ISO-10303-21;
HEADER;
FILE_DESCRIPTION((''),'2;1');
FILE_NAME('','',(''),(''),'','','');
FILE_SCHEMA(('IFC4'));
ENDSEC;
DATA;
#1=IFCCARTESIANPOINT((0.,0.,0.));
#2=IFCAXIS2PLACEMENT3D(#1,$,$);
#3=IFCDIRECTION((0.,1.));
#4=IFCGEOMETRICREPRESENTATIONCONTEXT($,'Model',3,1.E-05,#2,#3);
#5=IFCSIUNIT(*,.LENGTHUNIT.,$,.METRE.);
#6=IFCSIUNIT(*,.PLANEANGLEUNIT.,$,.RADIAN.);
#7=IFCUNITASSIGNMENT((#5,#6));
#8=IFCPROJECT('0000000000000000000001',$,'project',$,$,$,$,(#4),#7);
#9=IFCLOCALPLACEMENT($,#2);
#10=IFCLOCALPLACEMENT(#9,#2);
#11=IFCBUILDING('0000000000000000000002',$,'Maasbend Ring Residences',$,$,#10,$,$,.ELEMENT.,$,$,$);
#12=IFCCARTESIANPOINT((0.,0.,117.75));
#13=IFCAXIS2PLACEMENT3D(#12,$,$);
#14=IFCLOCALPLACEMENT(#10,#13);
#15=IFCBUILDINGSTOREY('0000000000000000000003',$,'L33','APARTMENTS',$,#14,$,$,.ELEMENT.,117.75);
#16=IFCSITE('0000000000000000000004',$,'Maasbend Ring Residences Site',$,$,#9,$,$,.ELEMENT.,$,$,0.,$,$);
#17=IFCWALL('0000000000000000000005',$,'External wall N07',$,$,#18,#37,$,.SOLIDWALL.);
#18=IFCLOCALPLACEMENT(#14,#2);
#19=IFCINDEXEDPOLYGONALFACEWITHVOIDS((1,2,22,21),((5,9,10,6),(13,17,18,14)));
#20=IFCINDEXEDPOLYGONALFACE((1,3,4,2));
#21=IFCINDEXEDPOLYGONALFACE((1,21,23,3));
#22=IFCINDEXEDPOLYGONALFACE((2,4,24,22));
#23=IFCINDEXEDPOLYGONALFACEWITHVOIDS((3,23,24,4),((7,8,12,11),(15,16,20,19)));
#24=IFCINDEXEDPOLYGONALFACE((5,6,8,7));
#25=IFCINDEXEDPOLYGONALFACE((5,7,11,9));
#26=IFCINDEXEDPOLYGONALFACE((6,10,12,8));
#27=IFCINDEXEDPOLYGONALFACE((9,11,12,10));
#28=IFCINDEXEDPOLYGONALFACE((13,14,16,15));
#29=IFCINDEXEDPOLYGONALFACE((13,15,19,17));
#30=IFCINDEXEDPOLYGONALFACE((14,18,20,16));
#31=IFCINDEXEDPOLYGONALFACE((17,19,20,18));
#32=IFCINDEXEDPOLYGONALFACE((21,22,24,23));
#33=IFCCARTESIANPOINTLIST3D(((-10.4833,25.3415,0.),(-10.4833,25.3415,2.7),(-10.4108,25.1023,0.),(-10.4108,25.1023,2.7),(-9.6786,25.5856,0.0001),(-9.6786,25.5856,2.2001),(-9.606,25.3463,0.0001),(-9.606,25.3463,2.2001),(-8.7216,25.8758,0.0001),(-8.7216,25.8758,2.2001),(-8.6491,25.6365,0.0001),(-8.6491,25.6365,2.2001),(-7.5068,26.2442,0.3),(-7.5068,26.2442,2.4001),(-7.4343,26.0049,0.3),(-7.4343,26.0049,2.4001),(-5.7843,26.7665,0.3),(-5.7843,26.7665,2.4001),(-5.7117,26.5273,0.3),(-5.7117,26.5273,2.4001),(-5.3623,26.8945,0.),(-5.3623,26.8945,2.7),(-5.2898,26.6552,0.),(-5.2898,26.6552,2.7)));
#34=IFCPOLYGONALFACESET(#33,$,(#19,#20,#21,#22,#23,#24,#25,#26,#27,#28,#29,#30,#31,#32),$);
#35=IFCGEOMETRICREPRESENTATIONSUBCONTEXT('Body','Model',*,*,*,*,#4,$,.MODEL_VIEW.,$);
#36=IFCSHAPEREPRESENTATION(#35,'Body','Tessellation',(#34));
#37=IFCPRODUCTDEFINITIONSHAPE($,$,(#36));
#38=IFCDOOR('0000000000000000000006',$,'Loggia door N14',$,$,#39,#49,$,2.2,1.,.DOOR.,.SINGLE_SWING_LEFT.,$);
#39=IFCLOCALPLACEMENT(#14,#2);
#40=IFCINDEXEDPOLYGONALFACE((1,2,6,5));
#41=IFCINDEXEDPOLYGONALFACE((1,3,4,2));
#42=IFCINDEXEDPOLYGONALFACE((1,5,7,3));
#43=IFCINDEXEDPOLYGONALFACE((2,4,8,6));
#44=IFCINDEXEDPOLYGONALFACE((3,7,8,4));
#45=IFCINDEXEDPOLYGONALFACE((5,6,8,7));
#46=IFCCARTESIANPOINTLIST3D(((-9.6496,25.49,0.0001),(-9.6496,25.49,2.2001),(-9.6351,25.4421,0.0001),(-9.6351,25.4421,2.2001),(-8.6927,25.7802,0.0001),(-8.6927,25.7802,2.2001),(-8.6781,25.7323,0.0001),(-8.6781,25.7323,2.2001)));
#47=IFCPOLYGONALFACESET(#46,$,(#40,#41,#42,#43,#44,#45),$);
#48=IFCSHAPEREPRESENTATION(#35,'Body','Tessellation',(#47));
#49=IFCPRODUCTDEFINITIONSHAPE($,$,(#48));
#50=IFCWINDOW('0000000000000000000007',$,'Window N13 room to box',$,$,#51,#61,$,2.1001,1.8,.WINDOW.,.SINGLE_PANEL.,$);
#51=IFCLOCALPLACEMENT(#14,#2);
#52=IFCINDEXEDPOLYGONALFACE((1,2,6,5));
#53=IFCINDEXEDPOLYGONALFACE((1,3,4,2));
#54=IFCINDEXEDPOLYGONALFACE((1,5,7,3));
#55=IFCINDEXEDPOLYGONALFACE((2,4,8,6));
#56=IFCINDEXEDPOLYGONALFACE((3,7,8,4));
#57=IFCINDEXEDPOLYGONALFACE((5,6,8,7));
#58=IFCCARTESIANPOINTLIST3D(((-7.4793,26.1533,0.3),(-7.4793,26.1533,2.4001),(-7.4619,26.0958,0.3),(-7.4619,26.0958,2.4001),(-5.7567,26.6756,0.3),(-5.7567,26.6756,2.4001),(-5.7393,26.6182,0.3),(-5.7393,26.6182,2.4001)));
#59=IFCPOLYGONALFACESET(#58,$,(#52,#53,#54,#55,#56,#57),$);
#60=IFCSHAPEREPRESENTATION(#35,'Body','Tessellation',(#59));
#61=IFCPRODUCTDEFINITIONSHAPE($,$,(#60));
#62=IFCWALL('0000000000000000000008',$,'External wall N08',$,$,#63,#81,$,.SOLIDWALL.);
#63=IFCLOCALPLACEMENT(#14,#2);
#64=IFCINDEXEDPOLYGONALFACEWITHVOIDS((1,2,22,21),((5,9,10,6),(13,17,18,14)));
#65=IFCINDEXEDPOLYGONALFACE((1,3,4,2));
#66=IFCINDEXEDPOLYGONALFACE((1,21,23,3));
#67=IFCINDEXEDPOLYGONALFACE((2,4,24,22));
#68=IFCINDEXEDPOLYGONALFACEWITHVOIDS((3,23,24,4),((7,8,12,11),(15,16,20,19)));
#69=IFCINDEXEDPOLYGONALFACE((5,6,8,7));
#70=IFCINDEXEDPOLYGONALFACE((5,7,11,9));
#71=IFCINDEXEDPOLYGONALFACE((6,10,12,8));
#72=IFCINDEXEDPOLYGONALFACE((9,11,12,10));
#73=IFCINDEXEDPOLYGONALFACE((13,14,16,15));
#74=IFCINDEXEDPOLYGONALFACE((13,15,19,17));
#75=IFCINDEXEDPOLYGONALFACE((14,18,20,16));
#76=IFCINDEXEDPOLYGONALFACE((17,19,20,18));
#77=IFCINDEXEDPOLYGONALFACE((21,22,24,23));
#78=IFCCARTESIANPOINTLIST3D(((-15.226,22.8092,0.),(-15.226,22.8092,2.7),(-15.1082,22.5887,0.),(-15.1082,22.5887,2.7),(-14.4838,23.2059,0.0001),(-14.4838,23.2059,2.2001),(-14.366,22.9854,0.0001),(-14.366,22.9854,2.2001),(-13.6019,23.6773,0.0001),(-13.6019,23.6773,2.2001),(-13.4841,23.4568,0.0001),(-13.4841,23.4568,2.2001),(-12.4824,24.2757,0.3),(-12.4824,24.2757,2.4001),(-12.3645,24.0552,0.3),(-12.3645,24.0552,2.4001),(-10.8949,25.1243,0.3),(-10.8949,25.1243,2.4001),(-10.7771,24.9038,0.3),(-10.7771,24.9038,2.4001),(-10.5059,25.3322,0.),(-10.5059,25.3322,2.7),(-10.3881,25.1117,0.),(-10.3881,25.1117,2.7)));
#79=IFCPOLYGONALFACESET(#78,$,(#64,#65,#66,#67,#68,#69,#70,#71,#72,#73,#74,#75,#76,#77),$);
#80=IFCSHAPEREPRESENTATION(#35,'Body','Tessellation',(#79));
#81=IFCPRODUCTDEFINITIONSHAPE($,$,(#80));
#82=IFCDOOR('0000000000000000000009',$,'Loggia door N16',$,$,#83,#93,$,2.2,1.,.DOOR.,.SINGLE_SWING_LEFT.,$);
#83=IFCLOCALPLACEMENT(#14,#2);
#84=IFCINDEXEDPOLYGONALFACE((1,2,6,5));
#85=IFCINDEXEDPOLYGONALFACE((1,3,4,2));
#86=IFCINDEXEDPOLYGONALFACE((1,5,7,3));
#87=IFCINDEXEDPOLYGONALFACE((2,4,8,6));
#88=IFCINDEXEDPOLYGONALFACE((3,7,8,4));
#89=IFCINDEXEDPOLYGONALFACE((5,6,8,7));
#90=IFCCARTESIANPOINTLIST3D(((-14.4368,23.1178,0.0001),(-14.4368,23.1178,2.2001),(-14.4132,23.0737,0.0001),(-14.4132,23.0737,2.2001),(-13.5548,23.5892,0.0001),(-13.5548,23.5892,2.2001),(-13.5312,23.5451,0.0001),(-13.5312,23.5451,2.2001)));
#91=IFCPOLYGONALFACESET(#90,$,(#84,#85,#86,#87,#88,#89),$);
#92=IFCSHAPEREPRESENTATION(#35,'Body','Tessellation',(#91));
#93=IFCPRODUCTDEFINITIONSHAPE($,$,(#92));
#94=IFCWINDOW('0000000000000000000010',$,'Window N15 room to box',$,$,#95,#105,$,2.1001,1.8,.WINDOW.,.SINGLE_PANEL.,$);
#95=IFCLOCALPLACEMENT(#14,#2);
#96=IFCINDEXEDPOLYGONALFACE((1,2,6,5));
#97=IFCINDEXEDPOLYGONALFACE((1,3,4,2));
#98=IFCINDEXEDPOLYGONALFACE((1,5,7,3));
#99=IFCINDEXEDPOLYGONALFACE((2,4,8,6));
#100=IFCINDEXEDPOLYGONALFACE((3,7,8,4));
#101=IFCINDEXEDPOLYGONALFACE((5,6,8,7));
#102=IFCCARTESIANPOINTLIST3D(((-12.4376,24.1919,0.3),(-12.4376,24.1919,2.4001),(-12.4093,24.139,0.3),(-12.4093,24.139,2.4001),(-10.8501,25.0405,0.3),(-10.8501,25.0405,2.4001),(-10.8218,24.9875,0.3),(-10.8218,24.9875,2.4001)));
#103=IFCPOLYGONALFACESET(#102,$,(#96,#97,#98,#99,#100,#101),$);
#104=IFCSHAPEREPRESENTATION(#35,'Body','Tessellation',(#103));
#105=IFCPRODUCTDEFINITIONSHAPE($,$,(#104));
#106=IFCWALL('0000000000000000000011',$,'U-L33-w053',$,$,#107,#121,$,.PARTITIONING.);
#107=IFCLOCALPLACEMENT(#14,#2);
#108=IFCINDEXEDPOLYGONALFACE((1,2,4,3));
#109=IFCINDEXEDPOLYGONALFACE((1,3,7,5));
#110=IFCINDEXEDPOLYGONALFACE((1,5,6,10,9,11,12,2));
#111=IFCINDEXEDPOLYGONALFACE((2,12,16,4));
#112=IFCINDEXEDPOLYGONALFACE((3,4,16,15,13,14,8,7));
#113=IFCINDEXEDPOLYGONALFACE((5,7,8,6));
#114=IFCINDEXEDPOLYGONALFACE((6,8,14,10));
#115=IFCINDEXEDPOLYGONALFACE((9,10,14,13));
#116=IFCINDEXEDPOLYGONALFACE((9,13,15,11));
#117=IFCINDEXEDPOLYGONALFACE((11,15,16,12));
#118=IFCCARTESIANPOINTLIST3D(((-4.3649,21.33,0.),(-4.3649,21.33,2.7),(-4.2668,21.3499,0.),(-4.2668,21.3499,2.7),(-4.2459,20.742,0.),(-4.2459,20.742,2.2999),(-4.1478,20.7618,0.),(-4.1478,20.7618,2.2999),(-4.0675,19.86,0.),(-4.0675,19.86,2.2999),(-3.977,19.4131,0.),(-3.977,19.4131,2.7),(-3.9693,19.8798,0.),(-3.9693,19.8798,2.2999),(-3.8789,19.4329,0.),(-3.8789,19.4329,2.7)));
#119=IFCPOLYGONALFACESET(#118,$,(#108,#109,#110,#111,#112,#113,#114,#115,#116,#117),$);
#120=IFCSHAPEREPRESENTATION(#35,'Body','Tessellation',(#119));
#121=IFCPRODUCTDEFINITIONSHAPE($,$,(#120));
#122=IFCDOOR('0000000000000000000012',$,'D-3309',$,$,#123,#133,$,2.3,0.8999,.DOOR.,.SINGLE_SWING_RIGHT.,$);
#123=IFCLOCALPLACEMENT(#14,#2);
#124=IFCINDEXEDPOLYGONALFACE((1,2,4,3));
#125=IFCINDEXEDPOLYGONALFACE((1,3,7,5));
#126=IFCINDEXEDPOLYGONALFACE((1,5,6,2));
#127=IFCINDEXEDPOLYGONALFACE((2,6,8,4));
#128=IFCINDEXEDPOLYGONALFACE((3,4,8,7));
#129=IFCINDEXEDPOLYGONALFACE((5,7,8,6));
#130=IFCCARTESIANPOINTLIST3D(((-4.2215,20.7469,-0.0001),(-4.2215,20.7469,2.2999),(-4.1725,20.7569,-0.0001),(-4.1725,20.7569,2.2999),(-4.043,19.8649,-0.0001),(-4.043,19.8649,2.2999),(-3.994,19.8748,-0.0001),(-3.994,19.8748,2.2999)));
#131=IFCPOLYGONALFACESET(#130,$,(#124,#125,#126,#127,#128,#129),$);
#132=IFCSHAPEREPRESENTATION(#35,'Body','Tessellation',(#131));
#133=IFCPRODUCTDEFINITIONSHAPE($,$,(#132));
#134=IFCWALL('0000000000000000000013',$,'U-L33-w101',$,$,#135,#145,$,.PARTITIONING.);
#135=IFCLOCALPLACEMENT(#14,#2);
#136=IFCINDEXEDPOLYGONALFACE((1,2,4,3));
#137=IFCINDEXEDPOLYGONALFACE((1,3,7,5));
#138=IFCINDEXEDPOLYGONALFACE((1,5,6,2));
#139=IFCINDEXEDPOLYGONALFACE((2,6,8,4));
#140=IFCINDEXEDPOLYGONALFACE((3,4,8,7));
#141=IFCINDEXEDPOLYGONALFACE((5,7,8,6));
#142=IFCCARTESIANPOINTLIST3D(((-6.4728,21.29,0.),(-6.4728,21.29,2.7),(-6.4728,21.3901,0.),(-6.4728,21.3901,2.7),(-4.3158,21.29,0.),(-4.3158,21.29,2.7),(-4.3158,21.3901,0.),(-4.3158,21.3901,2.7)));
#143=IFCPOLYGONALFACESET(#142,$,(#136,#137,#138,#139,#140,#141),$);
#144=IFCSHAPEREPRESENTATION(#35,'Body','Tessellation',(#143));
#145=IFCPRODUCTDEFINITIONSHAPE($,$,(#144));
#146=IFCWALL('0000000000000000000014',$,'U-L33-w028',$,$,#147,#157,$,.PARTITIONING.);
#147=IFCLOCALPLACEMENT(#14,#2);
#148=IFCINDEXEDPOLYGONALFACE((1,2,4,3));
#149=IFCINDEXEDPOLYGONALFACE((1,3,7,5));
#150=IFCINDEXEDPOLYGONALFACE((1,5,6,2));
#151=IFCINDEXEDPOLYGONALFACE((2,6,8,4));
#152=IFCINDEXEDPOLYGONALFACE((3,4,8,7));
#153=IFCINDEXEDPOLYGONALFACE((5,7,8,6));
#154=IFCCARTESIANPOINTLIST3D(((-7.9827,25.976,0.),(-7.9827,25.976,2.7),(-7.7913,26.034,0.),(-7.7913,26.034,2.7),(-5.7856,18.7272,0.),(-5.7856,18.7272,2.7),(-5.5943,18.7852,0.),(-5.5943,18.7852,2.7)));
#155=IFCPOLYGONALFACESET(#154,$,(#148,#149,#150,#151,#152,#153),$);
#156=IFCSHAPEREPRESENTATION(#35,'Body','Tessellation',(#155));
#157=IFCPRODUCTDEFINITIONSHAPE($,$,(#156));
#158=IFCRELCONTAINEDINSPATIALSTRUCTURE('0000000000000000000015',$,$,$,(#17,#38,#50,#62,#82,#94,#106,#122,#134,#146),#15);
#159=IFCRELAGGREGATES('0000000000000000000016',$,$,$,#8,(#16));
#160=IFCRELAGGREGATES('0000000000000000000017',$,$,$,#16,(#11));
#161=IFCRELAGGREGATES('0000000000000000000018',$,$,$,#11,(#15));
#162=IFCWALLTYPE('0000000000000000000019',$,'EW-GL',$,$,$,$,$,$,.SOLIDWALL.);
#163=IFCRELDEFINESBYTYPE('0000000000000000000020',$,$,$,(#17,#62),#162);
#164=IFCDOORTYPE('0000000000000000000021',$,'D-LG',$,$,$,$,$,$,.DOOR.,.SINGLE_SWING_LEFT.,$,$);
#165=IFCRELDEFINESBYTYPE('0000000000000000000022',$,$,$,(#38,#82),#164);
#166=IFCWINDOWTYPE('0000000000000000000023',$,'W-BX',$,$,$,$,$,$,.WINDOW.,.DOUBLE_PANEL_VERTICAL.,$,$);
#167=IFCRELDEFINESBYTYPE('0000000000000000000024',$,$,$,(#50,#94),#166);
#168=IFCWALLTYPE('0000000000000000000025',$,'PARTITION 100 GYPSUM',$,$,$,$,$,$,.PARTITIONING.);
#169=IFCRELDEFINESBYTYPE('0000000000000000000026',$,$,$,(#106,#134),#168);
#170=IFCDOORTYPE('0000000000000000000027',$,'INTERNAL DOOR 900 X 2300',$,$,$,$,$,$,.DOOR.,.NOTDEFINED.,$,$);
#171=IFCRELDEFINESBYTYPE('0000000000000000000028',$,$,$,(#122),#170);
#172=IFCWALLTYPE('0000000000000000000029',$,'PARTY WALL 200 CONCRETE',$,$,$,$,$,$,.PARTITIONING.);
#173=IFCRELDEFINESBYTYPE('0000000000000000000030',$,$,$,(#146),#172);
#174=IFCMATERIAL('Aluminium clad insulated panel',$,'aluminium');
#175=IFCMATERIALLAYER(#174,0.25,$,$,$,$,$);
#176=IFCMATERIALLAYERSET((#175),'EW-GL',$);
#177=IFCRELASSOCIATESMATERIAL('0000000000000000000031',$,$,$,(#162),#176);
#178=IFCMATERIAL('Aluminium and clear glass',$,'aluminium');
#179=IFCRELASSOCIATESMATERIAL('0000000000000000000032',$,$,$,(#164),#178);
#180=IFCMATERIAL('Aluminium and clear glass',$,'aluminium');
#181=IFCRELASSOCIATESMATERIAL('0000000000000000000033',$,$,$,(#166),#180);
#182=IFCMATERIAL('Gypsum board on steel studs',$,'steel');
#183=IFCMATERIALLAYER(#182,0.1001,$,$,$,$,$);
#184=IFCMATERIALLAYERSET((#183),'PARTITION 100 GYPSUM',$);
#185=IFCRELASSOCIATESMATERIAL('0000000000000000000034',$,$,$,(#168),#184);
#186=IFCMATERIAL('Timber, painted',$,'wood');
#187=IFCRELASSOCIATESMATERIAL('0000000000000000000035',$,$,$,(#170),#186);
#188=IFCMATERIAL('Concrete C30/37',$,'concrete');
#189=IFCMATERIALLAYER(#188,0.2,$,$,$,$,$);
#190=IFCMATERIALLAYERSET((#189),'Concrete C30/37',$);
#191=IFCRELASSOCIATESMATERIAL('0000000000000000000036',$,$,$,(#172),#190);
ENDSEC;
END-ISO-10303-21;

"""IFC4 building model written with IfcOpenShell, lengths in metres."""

from ifc_helpers import new_model, si_unit, direction, frame, frame_2d, origin, place, context, subcontext, project, spatial, rectangle, extrude, material, layer, layer_set, type_object, element, fill, save


model = new_model("IFC4")

# Units and contexts
model_context = context("Model", 3, precision=1e-05, world=origin(), true_north=direction((0.0, 1.0)))
body_context = subcontext(model_context, "Body", "Model", "MODEL_VIEW")
ifc_project = project(units=[si_unit("LENGTHUNIT", "METRE"), si_unit("PLANEANGLEUNIT", "RADIAN")], contexts=[model_context])

# Site, building, storey
site_placement = place(None, origin())
site = spatial("IfcSite", under=ifc_project, at=site_placement, Name="Maasbend Ring Residences Site", CompositionType="ELEMENT", RefElevation=0.0)
building_placement = place(site_placement, origin())
building = spatial("IfcBuilding", under=site, at=building_placement, Name="Maasbend Ring Residences", CompositionType="ELEMENT")
storey_placement = place(building_placement, frame((0.0, 0.0, 117.75)))
storey = spatial("IfcBuildingStorey", under=building, at=storey_placement, Name="L33", Description="APARTMENTS", CompositionType="ELEMENT", Elevation=117.75)

# Walls, openings, doors, windows
ifc_material_1 = material(Name="Aluminium clad insulated panel", Category="aluminium")
ifc_layer_1 = layer(ifc_material_1, 0.25)
ifc_layer_set_1 = layer_set([ifc_layer_1], Name="EW-GL")
wall_type_1 = type_object("IfcWallType", Name="EW-GL", PredefinedType="SOLIDWALL", material=ifc_layer_set_1)
wall_1_placement = place(storey_placement, frame((-5.3259, 26.7749, 0.0), z_axis=(0.0, 0.0, 1.0), x_axis=(-0.956966, -0.290201, 0.0)))
wall_1 = element("IfcWall", 1, at=wall_1_placement, inside=storey, type_object=wall_type_1, Name="External wall N07", PredefinedType="SOLIDWALL", context=body_context, shape_type="SweptSolid", body=[
    extrude(rectangle(XDim=5.3513, YDim=0.25, at=frame_2d((2.6758, 0.0))), origin(), (0.0, 0.0, 1.0), 2.7),
])
opening_1_placement = place(wall_1_placement, frame((0.4412, 0.0, 0.3)))
opening_1 = element("IfcOpeningElement", 2, at=opening_1_placement, cuts=wall_1, PredefinedType="OPENING", context=body_context, shape_type="SweptSolid", body=[
    extrude(rectangle(XDim=1.8, YDim=2.1001, at=frame_2d((0.8999, 1.05))), frame((0.0, 0.135, 0.0), z_axis=(0.0, -1.0, 0.0), x_axis=(1.0, 0.0, 0.0)), (0.0, 0.0, 1.0), 0.27),
])
opening_2_placement = place(wall_1_placement, frame((3.5105, 0.0, 0.0)))
opening_2 = element("IfcOpeningElement", 3, at=opening_2_placement, cuts=wall_1, PredefinedType="OPENING", context=body_context, shape_type="SweptSolid", body=[
    extrude(rectangle(XDim=1.0, YDim=2.2, at=frame_2d((0.5, 1.1001))), frame((0.0, 0.135, 0.0), z_axis=(0.0, -1.0, 0.0), x_axis=(1.0, 0.0, 0.0)), (0.0, 0.0, 1.0), 0.27),
])
ifc_material_2 = material(Name="Aluminium and clear glass", Category="aluminium")
door_type_1 = type_object("IfcDoorType", Name="D-LG", OperationType="SINGLE_SWING_LEFT", PredefinedType="DOOR", material=ifc_material_2)
door_1_placement = place(opening_2_placement, origin())
door_1 = element("IfcDoor", 4, at=door_1_placement, inside=storey, type_object=door_type_1, Name="Loggia door N14", OperationType="SINGLE_SWING_LEFT", OverallHeight=2.2, OverallWidth=1.0, PredefinedType="DOOR", context=body_context, shape_type="SweptSolid", body=[
    extrude(rectangle(XDim=1.0, YDim=2.2, at=frame_2d((0.5, 1.1001))), frame((0.0, 0.0249, 0.0), z_axis=(0.0, -1.0, 0.0), x_axis=(1.0, 0.0, 0.0)), (0.0, 0.0, 1.0), 0.05),
])
fill(opening_2, door_1)
ifc_material_3 = material(Name="Aluminium and clear glass", Category="aluminium")
window_type_1 = type_object("IfcWindowType", Name="W-BX", PartitioningType="DOUBLE_PANEL_VERTICAL", PredefinedType="WINDOW", material=ifc_material_3)
window_1_placement = place(opening_1_placement, origin())
window_1 = element("IfcWindow", 5, at=window_1_placement, inside=storey, type_object=window_type_1, Name="Window N13 room to box", OverallHeight=2.1001, OverallWidth=1.8, PartitioningType="SINGLE_PANEL", PredefinedType="WINDOW", context=body_context, shape_type="SweptSolid", body=[
    extrude(rectangle(XDim=1.8, YDim=2.1001, at=frame_2d((0.8999, 1.05))), frame((0.0, 0.03, 0.0), z_axis=(0.0, -1.0, 0.0), x_axis=(1.0, 0.0, 0.0)), (0.0, 0.0, 1.0), 0.0601),
])
fill(opening_1, window_1)
wall_2_placement = place(storey_placement, frame((-10.447, 25.2219, 0.0), z_axis=(0.0, 0.0, 1.0), x_axis=(-0.881916, -0.471407, 0.0)))
wall_2 = element("IfcWall", 6, at=wall_2_placement, inside=storey, type_object=wall_type_1, Name="External wall N08", PredefinedType="SOLIDWALL", context=body_context, shape_type="SweptSolid", body=[
    extrude(rectangle(XDim=5.3521, YDim=0.25, at=frame_2d((2.676, 0.0))), origin(), (0.0, 0.0, 1.0), 2.7),
])
opening_3_placement = place(wall_2_placement, frame((0.4412, 0.0, 0.3)))
opening_3 = element("IfcOpeningElement", 7, at=opening_3_placement, cuts=wall_2, PredefinedType="OPENING", context=body_context, shape_type="SweptSolid", body=[
    extrude(rectangle(XDim=1.8, YDim=2.1001, at=frame_2d((0.8999, 1.05))), frame((0.0, 0.135, 0.0), z_axis=(0.0, -1.0, 0.0), x_axis=(1.0, 0.0, 0.0)), (0.0, 0.0, 1.0), 0.27),
])
opening_4_placement = place(wall_2_placement, frame((3.5105, 0.0, 0.0)))
opening_4 = element("IfcOpeningElement", 8, at=opening_4_placement, cuts=wall_2, PredefinedType="OPENING", context=body_context, shape_type="SweptSolid", body=[
    extrude(rectangle(XDim=1.0, YDim=2.2, at=frame_2d((0.5, 1.1001))), frame((0.0, 0.135, 0.0), z_axis=(0.0, -1.0, 0.0), x_axis=(1.0, 0.0, 0.0)), (0.0, 0.0, 1.0), 0.27),
])
door_2_placement = place(opening_4_placement, origin())
door_2 = element("IfcDoor", 9, at=door_2_placement, inside=storey, type_object=door_type_1, Name="Loggia door N16", OperationType="SINGLE_SWING_LEFT", OverallHeight=2.2, OverallWidth=1.0, PredefinedType="DOOR", context=body_context, shape_type="SweptSolid", body=[
    extrude(rectangle(XDim=1.0, YDim=2.2, at=frame_2d((0.5, 1.1001))), frame((0.0, 0.0249, 0.0), z_axis=(0.0, -1.0, 0.0), x_axis=(1.0, 0.0, 0.0)), (0.0, 0.0, 1.0), 0.05),
])
fill(opening_4, door_2)
window_2_placement = place(opening_3_placement, origin())
window_2 = element("IfcWindow", 10, at=window_2_placement, inside=storey, type_object=window_type_1, Name="Window N15 room to box", OverallHeight=2.1001, OverallWidth=1.8, PartitioningType="SINGLE_PANEL", PredefinedType="WINDOW", context=body_context, shape_type="SweptSolid", body=[
    extrude(rectangle(XDim=1.8, YDim=2.1001, at=frame_2d((0.8999, 1.05))), frame((0.0, 0.03, 0.0), z_axis=(0.0, -1.0, 0.0), x_axis=(1.0, 0.0, 0.0)), (0.0, 0.0, 1.0), 0.0601),
])
fill(opening_3, window_2)

# Wall, opening, door
ifc_material_4 = material(Name="Gypsum board on steel studs", Category="steel")
ifc_layer_2 = layer(ifc_material_4, 0.1001)
ifc_layer_set_2 = layer_set([ifc_layer_2], Name="PARTITION 100 GYPSUM")
wall_type_2 = type_object("IfcWallType", Name="PARTITION 100 GYPSUM", PredefinedType="PARTITIONING", material=ifc_layer_set_2)
wall_3_placement = place(storey_placement, frame((-4.3159, 21.3401, 0.0), z_axis=(0.0, 0.0, 1.0), x_axis=(0.198348, -0.980132, 0.0)))
wall_3 = element("IfcWall", 11, at=wall_3_placement, inside=storey, type_object=wall_type_2, Name="U-L33-w053", PredefinedType="PARTITIONING", context=body_context, shape_type="SweptSolid", body=[
    extrude(rectangle(XDim=1.9558, YDim=0.1001, at=frame_2d((0.978, 0.0))), origin(), (0.0, 0.0, 1.0), 2.7),
])
opening_5_placement = place(wall_3_placement, frame((0.6001, 0.0, 0.0)))
opening_5 = element("IfcOpeningElement", 12, at=opening_5_placement, cuts=wall_3, PredefinedType="OPENING", context=body_context, shape_type="SweptSolid", body=[
    extrude(rectangle(XDim=0.8999, YDim=2.3, at=frame_2d((0.45, 1.1499))), frame((0.0, 0.0601, 0.0), z_axis=(0.0, -1.0, 0.0), x_axis=(1.0, 0.0, 0.0)), (0.0, 0.0, 1.0), 0.1201),
])
ifc_material_5 = material(Name="Timber, painted", Category="wood")
door_type_2 = type_object("IfcDoorType", Name="INTERNAL DOOR 900 X 2300", OperationType="NOTDEFINED", PredefinedType="DOOR", material=ifc_material_5)
door_3_placement = place(opening_5_placement, origin())
door_3 = element("IfcDoor", 13, at=door_3_placement, inside=storey, type_object=door_type_2, Name="D-3309", OperationType="SINGLE_SWING_RIGHT", OverallHeight=2.3, OverallWidth=0.8999, PredefinedType="DOOR", context=body_context, shape_type="SweptSolid", body=[
    extrude(rectangle(XDim=0.8999, YDim=2.3, at=frame_2d((0.45, 1.1499))), frame((0.0, 0.0249, 0.0), z_axis=(0.0, -1.0, 0.0), x_axis=(1.0, 0.0, 0.0)), (0.0, 0.0, 1.0), 0.05),
])
fill(opening_5, door_3)

# Walls
wall_4_placement = place(storey_placement, frame((-6.4729, 21.3401, 0.0), z_axis=(0.0, 0.0, 1.0), x_axis=(1.0, 0.0, 0.0)))
element("IfcWall", 14, at=wall_4_placement, inside=storey, type_object=wall_type_2, Name="U-L33-w101", PredefinedType="PARTITIONING", context=body_context, shape_type="SweptSolid", body=[
    extrude(rectangle(XDim=2.157, YDim=0.1001, at=frame_2d((1.0786, 0.0))), origin(), (0.0, 0.0, 1.0), 2.7),
])
ifc_material_6 = material(Name="Concrete C30/37", Category="concrete")
ifc_layer_3 = layer(ifc_material_6, 0.2)
ifc_layer_set_3 = layer_set([ifc_layer_3], Name="Concrete C30/37")
wall_type_3 = type_object("IfcWallType", Name="PARTY WALL 200 CONCRETE", PredefinedType="PARTITIONING", material=ifc_layer_set_3)
wall_5_placement = place(storey_placement, frame((-7.887, 26.0049, 0.0), z_axis=(0.0, 0.0, 1.0), x_axis=(0.290058, -0.957009, 0.0)))
element("IfcWall", 15, at=wall_5_placement, inside=storey, type_object=wall_type_3, Name="U-L33-w028", PredefinedType="PARTITIONING", context=body_context, shape_type="SweptSolid", body=[
    extrude(rectangle(XDim=7.5745, YDim=0.2, at=frame_2d((3.7871, 0.0))), origin(), (0.0, 0.0, 1.0), 2.7),
])

save(model, "model.ifc")
